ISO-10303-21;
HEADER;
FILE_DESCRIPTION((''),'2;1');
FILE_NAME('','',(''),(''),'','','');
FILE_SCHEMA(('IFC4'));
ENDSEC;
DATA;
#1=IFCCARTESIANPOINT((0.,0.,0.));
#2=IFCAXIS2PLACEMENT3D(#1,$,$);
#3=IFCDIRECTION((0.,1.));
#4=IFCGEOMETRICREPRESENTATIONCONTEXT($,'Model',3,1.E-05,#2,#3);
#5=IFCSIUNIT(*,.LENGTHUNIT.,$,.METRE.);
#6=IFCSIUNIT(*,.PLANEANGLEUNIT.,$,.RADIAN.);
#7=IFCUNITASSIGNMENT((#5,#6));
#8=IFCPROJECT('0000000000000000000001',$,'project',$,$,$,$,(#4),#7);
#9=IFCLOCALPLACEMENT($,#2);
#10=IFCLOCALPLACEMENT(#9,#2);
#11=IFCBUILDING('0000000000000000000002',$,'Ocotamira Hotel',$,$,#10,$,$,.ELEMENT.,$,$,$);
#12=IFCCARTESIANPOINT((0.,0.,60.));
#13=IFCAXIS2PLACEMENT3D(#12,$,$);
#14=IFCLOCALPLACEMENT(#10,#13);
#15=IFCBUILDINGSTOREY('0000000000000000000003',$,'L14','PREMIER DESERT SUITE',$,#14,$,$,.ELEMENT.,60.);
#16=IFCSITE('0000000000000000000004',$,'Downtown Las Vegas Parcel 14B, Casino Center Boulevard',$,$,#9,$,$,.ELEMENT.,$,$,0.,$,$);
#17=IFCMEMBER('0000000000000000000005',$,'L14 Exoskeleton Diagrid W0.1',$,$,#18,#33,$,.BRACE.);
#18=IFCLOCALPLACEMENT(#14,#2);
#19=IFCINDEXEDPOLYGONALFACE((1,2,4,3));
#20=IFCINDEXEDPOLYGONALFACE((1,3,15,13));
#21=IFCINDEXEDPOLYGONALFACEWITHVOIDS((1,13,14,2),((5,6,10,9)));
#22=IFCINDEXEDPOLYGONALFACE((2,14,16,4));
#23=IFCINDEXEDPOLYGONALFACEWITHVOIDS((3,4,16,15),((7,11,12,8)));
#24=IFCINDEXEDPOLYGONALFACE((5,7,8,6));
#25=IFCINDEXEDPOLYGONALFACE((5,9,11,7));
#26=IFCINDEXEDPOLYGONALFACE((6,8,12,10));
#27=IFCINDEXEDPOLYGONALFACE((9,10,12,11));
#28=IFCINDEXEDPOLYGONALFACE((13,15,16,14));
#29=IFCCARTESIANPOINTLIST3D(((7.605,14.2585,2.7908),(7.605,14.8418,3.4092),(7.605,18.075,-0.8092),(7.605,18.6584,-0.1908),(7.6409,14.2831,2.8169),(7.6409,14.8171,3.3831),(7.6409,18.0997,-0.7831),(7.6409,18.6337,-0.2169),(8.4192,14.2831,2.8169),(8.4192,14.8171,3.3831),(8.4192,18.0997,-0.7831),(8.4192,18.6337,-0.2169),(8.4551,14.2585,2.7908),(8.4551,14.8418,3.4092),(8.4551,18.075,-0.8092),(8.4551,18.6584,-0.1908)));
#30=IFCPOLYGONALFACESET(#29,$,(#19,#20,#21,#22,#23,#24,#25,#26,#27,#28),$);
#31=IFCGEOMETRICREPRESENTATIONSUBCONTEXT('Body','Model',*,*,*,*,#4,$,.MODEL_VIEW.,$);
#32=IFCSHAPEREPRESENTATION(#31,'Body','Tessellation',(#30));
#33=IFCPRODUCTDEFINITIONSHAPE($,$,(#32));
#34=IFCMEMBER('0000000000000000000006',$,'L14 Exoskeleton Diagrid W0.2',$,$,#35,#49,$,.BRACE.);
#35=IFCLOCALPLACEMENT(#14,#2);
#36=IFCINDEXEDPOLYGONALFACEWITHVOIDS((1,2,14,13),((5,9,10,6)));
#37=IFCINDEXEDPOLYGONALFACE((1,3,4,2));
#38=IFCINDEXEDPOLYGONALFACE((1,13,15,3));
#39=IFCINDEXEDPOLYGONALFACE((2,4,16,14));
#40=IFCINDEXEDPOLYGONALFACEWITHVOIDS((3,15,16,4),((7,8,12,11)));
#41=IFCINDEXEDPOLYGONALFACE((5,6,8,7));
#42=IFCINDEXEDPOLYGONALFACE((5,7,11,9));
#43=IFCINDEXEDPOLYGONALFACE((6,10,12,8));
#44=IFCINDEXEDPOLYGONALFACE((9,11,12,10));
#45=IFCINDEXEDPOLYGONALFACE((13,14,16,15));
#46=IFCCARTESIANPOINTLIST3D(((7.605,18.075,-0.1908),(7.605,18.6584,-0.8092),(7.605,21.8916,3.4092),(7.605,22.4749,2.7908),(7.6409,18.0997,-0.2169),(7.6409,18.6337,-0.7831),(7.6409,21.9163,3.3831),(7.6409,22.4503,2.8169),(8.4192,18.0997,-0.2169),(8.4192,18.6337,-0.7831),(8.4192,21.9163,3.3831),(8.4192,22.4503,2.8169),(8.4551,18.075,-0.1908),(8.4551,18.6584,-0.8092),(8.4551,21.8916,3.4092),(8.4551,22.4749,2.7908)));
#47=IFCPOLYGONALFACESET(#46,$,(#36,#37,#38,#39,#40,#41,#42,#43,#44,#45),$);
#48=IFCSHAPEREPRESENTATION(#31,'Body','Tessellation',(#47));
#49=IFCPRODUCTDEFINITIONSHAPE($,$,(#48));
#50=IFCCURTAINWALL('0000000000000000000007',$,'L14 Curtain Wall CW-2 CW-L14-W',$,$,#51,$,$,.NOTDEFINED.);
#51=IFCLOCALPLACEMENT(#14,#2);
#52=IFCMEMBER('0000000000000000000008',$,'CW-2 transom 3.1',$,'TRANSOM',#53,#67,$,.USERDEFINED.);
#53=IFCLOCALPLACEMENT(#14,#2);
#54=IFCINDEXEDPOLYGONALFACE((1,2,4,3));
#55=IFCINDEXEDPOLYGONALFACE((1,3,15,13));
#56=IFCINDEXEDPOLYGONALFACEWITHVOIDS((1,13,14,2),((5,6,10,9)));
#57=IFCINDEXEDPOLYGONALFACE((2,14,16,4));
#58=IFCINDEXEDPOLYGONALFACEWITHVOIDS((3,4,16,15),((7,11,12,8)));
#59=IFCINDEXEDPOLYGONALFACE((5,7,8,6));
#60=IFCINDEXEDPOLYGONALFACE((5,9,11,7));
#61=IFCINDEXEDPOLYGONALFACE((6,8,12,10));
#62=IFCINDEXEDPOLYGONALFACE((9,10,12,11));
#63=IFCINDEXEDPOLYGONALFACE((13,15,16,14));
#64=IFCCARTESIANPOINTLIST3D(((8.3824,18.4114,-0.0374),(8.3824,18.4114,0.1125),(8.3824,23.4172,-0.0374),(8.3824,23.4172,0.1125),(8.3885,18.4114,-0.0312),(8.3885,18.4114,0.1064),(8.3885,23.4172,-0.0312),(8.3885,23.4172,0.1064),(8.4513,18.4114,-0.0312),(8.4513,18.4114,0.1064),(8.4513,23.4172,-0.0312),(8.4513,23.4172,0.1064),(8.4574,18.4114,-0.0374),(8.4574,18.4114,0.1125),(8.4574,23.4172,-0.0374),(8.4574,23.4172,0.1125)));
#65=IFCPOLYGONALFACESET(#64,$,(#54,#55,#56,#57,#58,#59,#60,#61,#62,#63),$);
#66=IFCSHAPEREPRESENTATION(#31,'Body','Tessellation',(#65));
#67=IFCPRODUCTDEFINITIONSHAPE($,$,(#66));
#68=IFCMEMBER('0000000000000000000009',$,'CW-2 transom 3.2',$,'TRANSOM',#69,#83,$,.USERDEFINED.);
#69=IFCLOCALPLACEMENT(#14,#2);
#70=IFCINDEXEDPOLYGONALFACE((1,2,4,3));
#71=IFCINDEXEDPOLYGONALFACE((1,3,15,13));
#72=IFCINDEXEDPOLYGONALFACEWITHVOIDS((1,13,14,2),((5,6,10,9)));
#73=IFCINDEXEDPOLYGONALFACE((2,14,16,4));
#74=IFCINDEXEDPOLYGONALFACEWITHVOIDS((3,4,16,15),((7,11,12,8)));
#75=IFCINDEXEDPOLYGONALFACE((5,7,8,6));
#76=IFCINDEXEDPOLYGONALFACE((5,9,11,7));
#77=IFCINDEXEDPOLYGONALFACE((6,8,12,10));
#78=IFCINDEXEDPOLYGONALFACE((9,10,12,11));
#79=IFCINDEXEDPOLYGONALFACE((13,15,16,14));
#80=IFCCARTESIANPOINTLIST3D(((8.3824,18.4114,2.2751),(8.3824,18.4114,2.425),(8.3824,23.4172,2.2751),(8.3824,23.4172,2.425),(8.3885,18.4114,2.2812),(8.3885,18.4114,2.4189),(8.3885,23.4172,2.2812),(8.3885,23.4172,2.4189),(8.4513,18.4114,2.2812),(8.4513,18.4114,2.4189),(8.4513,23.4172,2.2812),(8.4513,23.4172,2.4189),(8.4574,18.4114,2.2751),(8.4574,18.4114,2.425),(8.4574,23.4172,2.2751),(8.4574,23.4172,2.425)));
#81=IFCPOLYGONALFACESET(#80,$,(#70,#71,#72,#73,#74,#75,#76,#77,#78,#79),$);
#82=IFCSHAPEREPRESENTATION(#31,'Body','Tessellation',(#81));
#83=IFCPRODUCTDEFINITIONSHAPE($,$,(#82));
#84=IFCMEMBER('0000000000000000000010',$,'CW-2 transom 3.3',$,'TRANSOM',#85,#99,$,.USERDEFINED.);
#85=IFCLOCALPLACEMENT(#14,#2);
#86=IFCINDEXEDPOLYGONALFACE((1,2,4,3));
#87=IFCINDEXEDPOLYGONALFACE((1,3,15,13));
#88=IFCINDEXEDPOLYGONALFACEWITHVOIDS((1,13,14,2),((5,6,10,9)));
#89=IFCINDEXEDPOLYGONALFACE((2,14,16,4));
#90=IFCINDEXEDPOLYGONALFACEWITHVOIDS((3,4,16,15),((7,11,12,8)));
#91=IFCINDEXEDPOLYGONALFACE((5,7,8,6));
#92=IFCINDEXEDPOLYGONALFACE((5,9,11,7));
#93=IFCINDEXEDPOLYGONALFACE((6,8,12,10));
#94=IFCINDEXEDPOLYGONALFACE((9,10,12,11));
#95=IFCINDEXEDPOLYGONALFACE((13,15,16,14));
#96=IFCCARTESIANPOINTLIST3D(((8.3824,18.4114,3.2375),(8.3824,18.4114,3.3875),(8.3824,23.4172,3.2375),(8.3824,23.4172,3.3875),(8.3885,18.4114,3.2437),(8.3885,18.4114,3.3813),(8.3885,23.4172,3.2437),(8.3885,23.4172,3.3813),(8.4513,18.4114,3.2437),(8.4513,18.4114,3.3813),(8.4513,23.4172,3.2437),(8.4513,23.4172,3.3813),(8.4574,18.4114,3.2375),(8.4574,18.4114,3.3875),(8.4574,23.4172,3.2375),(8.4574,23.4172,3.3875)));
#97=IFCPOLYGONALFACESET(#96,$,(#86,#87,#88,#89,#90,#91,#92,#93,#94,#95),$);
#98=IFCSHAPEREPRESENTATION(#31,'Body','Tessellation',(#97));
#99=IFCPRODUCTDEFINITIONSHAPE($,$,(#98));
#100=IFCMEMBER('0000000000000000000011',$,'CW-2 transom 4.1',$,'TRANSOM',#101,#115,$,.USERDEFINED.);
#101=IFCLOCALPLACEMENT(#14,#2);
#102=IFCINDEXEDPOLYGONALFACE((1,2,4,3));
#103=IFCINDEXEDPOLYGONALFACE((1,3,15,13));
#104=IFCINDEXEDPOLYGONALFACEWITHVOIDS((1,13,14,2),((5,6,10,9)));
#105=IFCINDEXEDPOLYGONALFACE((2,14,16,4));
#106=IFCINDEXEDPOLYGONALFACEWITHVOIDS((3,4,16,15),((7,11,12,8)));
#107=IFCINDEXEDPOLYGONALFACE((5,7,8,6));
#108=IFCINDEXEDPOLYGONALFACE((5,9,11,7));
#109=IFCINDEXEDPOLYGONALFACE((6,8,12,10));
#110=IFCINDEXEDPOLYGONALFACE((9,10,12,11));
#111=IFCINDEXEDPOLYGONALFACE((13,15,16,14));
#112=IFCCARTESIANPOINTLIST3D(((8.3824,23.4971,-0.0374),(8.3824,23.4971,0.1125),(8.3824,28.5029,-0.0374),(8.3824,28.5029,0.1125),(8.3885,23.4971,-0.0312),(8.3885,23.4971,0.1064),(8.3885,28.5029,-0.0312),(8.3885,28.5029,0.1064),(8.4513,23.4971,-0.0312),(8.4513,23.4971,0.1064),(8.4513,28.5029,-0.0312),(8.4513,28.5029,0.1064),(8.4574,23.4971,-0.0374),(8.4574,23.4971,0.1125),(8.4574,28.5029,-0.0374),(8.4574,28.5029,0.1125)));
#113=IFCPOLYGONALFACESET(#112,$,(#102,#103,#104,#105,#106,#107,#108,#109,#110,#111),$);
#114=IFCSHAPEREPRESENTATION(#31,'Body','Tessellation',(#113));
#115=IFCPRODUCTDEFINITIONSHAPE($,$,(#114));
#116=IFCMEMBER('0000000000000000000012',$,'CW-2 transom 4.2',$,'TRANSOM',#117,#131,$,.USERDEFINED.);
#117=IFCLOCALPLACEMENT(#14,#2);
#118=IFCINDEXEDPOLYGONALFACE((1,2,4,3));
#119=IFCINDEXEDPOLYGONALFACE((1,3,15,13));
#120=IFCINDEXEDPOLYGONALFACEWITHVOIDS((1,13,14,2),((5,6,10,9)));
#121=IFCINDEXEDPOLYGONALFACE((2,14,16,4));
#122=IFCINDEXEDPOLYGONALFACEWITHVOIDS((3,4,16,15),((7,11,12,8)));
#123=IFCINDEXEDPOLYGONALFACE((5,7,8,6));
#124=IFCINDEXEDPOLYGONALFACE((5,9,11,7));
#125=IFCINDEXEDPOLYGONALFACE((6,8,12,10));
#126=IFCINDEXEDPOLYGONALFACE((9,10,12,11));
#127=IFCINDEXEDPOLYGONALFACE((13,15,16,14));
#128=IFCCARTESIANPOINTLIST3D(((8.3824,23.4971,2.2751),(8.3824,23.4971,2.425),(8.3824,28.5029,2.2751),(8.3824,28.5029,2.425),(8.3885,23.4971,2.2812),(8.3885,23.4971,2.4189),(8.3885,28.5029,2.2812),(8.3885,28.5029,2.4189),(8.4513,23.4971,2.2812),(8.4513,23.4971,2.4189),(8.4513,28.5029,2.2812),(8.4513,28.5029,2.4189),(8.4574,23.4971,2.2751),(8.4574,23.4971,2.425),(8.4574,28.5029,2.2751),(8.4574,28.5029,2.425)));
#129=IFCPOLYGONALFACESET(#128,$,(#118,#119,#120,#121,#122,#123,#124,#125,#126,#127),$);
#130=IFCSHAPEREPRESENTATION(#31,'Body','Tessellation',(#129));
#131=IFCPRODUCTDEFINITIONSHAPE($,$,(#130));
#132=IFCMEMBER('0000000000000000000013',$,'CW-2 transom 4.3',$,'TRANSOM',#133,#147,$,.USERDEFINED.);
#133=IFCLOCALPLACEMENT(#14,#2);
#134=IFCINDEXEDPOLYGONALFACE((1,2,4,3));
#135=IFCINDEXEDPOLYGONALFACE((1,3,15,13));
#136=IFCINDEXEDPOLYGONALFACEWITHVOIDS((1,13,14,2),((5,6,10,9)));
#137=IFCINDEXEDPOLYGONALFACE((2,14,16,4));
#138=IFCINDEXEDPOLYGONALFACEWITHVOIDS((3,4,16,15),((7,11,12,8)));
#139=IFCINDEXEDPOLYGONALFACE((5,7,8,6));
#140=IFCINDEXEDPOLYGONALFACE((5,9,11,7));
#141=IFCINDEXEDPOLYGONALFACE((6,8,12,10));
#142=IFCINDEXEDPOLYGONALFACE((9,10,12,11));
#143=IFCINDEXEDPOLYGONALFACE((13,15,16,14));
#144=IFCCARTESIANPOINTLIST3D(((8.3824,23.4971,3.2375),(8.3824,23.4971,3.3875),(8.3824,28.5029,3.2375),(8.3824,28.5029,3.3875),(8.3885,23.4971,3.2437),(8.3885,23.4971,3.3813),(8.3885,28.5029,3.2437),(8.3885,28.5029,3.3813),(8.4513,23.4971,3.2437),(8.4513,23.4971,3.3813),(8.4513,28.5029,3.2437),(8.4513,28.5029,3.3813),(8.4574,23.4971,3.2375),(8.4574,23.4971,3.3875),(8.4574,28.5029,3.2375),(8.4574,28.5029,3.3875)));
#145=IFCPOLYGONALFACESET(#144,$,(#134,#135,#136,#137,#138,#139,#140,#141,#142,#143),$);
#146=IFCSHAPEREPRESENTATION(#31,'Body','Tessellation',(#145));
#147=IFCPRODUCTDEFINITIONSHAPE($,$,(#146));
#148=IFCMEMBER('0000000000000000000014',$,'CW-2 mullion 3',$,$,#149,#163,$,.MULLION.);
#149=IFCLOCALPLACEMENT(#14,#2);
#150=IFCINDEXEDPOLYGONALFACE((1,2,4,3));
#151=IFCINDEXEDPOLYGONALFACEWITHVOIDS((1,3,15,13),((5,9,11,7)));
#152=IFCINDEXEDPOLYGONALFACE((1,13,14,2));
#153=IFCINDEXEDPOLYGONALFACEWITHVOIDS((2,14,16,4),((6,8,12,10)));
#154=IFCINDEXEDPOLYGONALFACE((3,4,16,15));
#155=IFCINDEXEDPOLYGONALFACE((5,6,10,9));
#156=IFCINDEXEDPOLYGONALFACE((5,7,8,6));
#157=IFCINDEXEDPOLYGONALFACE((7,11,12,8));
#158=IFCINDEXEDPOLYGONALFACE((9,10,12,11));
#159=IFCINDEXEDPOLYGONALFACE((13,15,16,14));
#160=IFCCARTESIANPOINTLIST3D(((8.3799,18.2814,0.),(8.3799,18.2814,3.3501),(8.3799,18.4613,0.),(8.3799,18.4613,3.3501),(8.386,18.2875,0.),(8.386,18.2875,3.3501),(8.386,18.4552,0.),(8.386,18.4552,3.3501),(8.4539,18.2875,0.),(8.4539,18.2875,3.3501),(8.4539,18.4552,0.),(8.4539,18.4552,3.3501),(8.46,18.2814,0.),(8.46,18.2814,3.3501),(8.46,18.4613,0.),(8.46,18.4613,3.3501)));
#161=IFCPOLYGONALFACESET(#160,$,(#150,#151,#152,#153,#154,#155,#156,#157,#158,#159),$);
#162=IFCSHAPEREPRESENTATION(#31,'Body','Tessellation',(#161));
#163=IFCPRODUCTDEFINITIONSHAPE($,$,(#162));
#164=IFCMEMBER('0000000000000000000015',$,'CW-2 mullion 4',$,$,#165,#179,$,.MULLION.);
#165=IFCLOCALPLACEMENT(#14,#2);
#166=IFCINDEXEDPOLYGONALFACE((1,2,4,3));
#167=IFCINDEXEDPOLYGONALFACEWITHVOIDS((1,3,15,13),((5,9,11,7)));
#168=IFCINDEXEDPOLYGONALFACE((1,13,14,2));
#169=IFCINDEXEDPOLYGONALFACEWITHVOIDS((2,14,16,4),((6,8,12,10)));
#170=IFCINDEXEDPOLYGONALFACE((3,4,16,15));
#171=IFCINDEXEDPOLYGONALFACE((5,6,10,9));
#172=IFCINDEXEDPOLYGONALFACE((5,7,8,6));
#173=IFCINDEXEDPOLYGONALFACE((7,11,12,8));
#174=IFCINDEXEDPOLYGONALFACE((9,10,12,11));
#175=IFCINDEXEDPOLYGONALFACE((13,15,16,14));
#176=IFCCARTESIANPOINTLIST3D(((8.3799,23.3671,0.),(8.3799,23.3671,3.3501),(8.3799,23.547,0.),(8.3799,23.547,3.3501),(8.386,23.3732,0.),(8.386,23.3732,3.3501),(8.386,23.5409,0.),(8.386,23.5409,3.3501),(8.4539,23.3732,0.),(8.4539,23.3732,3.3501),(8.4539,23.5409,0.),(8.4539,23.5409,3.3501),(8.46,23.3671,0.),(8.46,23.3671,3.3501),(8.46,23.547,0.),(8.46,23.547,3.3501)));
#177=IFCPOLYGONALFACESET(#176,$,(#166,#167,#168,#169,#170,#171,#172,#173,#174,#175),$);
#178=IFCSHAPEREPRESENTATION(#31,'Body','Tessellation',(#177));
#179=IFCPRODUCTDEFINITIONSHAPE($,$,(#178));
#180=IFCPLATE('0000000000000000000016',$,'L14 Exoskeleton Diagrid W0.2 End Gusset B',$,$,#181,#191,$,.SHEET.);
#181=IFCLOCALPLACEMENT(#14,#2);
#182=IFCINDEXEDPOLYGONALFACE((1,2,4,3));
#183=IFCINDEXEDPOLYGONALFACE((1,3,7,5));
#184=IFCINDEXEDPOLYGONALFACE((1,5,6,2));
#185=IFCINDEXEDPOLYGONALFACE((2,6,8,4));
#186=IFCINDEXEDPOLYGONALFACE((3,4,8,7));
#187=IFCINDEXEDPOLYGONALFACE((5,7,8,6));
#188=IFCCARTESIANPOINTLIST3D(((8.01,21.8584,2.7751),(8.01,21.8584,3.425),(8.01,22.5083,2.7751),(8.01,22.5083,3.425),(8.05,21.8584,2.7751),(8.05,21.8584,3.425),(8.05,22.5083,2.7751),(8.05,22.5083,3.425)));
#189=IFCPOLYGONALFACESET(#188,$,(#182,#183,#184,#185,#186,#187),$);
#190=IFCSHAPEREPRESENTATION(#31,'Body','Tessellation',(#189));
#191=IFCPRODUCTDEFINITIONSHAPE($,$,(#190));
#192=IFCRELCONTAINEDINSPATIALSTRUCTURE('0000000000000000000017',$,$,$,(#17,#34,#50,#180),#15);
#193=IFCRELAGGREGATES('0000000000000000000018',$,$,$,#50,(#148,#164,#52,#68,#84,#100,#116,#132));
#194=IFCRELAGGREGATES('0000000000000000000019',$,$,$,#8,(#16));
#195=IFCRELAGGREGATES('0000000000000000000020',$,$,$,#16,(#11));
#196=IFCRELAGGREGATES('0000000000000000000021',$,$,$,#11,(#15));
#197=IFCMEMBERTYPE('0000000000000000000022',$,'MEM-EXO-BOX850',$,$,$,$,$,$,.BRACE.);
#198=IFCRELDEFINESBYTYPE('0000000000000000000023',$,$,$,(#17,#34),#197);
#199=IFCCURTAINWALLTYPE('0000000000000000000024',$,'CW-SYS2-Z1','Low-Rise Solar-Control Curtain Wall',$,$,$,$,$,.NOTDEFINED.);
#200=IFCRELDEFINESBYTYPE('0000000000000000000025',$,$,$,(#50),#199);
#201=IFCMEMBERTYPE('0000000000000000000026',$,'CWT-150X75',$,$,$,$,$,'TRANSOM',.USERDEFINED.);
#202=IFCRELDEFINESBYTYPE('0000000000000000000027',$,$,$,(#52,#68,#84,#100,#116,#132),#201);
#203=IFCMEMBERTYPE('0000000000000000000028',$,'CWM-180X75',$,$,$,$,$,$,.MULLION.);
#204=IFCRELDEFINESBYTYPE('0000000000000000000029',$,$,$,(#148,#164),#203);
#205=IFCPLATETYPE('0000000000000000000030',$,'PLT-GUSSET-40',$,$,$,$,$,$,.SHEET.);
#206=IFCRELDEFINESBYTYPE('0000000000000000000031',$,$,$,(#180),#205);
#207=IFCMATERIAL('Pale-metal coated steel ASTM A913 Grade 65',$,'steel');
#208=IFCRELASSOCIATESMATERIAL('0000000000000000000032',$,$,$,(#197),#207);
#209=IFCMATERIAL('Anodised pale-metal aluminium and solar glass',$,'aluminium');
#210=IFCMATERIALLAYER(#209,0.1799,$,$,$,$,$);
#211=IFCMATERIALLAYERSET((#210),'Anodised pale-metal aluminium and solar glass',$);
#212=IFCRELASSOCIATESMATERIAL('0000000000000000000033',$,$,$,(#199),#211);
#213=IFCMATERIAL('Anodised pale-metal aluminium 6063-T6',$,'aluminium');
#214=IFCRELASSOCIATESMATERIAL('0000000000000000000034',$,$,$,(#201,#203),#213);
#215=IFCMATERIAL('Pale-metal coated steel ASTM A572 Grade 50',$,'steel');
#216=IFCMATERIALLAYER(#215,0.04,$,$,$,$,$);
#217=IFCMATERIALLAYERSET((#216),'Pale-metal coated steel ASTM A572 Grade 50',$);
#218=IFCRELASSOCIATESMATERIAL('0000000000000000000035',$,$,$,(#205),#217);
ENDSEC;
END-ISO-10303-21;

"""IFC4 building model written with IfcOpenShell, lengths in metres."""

from ifc_helpers import new_model, si_unit, direction, frame, origin, origin_2d, place, context, subcontext, project, spatial, rectangle, hollow_rectangle, extrude, source, transform, mapped, material, layer, layer_set, material_profile, profile_set, type_object, element, aggregate, save


model = new_model("IFC4")

# Units and contexts
model_context = context("Model", 3, precision=1e-05, world=origin(), true_north=direction((0.0, 1.0)))
body_context = subcontext(model_context, "Body", "Model", "MODEL_VIEW")
ifc_project = project(units=[si_unit("LENGTHUNIT", "METRE"), si_unit("PLANEANGLEUNIT", "RADIAN")], contexts=[model_context])

# Site, building, storey
site_placement = place(None, origin())
site = spatial("IfcSite", under=ifc_project, at=site_placement, Name="Downtown Las Vegas Parcel 14B, Casino Center Boulevard", CompositionType="ELEMENT", RefElevation=0.0)
building_placement = place(site_placement, origin())
building = spatial("IfcBuilding", under=site, at=building_placement, Name="Ocotamira Hotel", CompositionType="ELEMENT")
storey_placement = place(building_placement, frame((0.0, 0.0, 60.0)))
storey = spatial("IfcBuildingStorey", under=building, at=storey_placement, Name="L14", Description="PREMIER DESERT SUITE", CompositionType="ELEMENT", Elevation=60.0)

# Members
ifc_material_1 = material(Name="Pale-metal coated steel ASTM A913 Grade 65", Category="steel")
ifc_material_profile_1 = material_profile(ifc_material_1, hollow_rectangle(XDim=0.8501, YDim=0.8501, WallThickness=0.0359, at=origin_2d()), Name="BOX850X850X36")
ifc_profile_set_1 = profile_set([ifc_material_profile_1], Name="Pale-metal coated steel ASTM A913 Grade 65")
member_type_1 = type_object("IfcMemberType", Name="MEM-EXO-BOX850", PredefinedType="BRACE", material=ifc_profile_set_1)
shared_shape_1 = source(origin(), body_context, "Body", "SweptSolid", [
    extrude(hollow_rectangle(XDim=0.8501, YDim=0.8501, WallThickness=0.0359, at=origin_2d()), origin(), (0.0, 0.0, 1.0), 5.2466),
])
for number, where, z_axis, x_axis, name in (
    (1, (8.03, 18.3667, -0.5), (0.0, -0.727443, 0.686168), (1.0, 0.0, 0.0), "L14 Exoskeleton Diagrid W0.1"),
    (2, (8.03, 18.3667, -0.5), (0.0, 0.727443, 0.686168), (-1.0, 0.0, 0.0), "L14 Exoskeleton Diagrid W0.2"),
):
    element("IfcMember", number, at=place(storey_placement, frame(where, z_axis=z_axis, x_axis=x_axis)), inside=storey, type_object=member_type_1, Name=name, PredefinedType="BRACE", context=body_context, shape_type="MappedRepresentation", body=[
        mapped(shared_shape_1, transform((0.0, 0.0, 0.0), scale=1.0)),
    ])

# Curtain wall, members
ifc_material_2 = material(Name="Anodised pale-metal aluminium and solar glass", Category="aluminium")
ifc_layer_1 = layer(ifc_material_2, 0.1799)
ifc_layer_set_1 = layer_set([ifc_layer_1], Name="Anodised pale-metal aluminium and solar glass")
curtain_wall_type = type_object("IfcCurtainWallType", Name="CW-SYS2-Z1", Description="Low-Rise Solar-Control Curtain Wall", PredefinedType="NOTDEFINED", material=ifc_layer_set_1)
curtain_wall_placement = place(storey_placement, origin())
curtain_wall = element("IfcCurtainWall", 3, at=curtain_wall_placement, inside=storey, type_object=curtain_wall_type, Name="L14 Curtain Wall CW-2 CW-L14-W", PredefinedType="NOTDEFINED")
ifc_material_3 = material(Name="Anodised pale-metal aluminium 6063-T6", Category="aluminium")
ifc_material_profile_2 = material_profile(ifc_material_3, hollow_rectangle(XDim=0.075, YDim=0.1499, WallThickness=0.0061, at=origin_2d()), Name="HSS150X75X6")
ifc_profile_set_2 = profile_set([ifc_material_profile_2], Name="Anodised pale-metal aluminium 6063-T6")
member_type_2 = type_object("IfcMemberType", Name="CWT-150X75", ElementType="TRANSOM", PredefinedType="USERDEFINED", material=ifc_profile_set_2)
shared_shape_2 = source(origin(), body_context, "Body", "SweptSolid", [
    extrude(hollow_rectangle(XDim=0.075, YDim=0.1499, WallThickness=0.0061, at=origin_2d()), origin(), (0.0, 0.0, 1.0), 5.0059),
])
member_1_placement = place(storey_placement, frame((8.4199, 18.4114, 0.0376), z_axis=(0.0, 1.0, 0.0), x_axis=(-1.0, 0.0, 0.0)))
member_1 = element("IfcMember", 4, at=member_1_placement, type_object=member_type_2, Name="CW-2 transom 3.1", ObjectType="TRANSOM", PredefinedType="USERDEFINED", context=body_context, shape_type="MappedRepresentation", body=[
    mapped(shared_shape_2, transform((0.0, 0.0, 0.0), scale=1.0)),
])
member_2_placement = place(storey_placement, frame((8.4199, 18.4114, 2.3501), z_axis=(0.0, 1.0, 0.0), x_axis=(-1.0, 0.0, 0.0)))
member_2 = element("IfcMember", 5, at=member_2_placement, type_object=member_type_2, Name="CW-2 transom 3.2", ObjectType="TRANSOM", PredefinedType="USERDEFINED", context=body_context, shape_type="MappedRepresentation", body=[
    mapped(shared_shape_2, transform((0.0, 0.0, 0.0), scale=1.0)),
])
member_3_placement = place(storey_placement, frame((8.4199, 18.4114, 3.3125), z_axis=(0.0, 1.0, 0.0), x_axis=(-1.0, 0.0, 0.0)))
member_3 = element("IfcMember", 6, at=member_3_placement, type_object=member_type_2, Name="CW-2 transom 3.3", ObjectType="TRANSOM", PredefinedType="USERDEFINED", context=body_context, shape_type="MappedRepresentation", body=[
    mapped(shared_shape_2, transform((0.0, 0.0, 0.0), scale=1.0)),
])
member_4_placement = place(storey_placement, frame((8.4199, 23.4971, 0.0376), z_axis=(0.0, 1.0, 0.0), x_axis=(-1.0, 0.0, 0.0)))
member_4 = element("IfcMember", 7, at=member_4_placement, type_object=member_type_2, Name="CW-2 transom 4.1", ObjectType="TRANSOM", PredefinedType="USERDEFINED", context=body_context, shape_type="MappedRepresentation", body=[
    mapped(shared_shape_2, transform((0.0, 0.0, 0.0), scale=1.0)),
])
member_5_placement = place(storey_placement, frame((8.4199, 23.4971, 2.3501), z_axis=(0.0, 1.0, 0.0), x_axis=(-1.0, 0.0, 0.0)))
member_5 = element("IfcMember", 8, at=member_5_placement, type_object=member_type_2, Name="CW-2 transom 4.2", ObjectType="TRANSOM", PredefinedType="USERDEFINED", context=body_context, shape_type="MappedRepresentation", body=[
    mapped(shared_shape_2, transform((0.0, 0.0, 0.0), scale=1.0)),
])
member_6_placement = place(storey_placement, frame((8.4199, 23.4971, 3.3125), z_axis=(0.0, 1.0, 0.0), x_axis=(-1.0, 0.0, 0.0)))
member_6 = element("IfcMember", 9, at=member_6_placement, type_object=member_type_2, Name="CW-2 transom 4.3", ObjectType="TRANSOM", PredefinedType="USERDEFINED", context=body_context, shape_type="MappedRepresentation", body=[
    mapped(shared_shape_2, transform((0.0, 0.0, 0.0), scale=1.0)),
])
ifc_material_profile_3 = material_profile(ifc_material_3, hollow_rectangle(XDim=0.0801, YDim=0.1799, WallThickness=0.0061, at=origin_2d()), Name="HSS180X80X6")
ifc_profile_set_3 = profile_set([ifc_material_profile_3], Name="Anodised pale-metal aluminium 6063-T6")
member_type_3 = type_object("IfcMemberType", Name="CWM-180X75", PredefinedType="MULLION", material=ifc_profile_set_3)
shared_shape_3 = source(origin(), body_context, "Body", "SweptSolid", [
    extrude(hollow_rectangle(XDim=0.0801, YDim=0.1799, WallThickness=0.0061, at=origin_2d()), origin(), (0.0, 0.0, 1.0), 3.3501),
])
member_7_placement = place(storey_placement, frame((8.4199, 18.3713, 0.0), z_axis=(0.0, 0.0, 1.0), x_axis=(-1.0, 0.0, 0.0)))
member_7 = element("IfcMember", 10, at=member_7_placement, type_object=member_type_3, Name="CW-2 mullion 3", PredefinedType="MULLION", context=body_context, shape_type="MappedRepresentation", body=[
    mapped(shared_shape_3, transform((0.0, 0.0, 0.0), scale=1.0)),
])
member_8_placement = place(storey_placement, frame((8.4199, 23.457, 0.0), z_axis=(0.0, 0.0, 1.0), x_axis=(-1.0, 0.0, 0.0)))
member_8 = element("IfcMember", 11, at=member_8_placement, type_object=member_type_3, Name="CW-2 mullion 4", PredefinedType="MULLION", context=body_context, shape_type="MappedRepresentation", body=[
    mapped(shared_shape_3, transform((0.0, 0.0, 0.0), scale=1.0)),
])

# Plate
ifc_material_4 = material(Name="Pale-metal coated steel ASTM A572 Grade 50", Category="steel")
ifc_layer_2 = layer(ifc_material_4, 0.04)
ifc_layer_set_2 = layer_set([ifc_layer_2], Name="Pale-metal coated steel ASTM A572 Grade 50")
plate_type_1 = type_object("IfcPlateType", Name="PLT-GUSSET-40", PredefinedType="SHEET", material=ifc_layer_set_2)
shared_shape_4 = source(origin(), body_context, "Body", "SweptSolid", [
    extrude(rectangle(XDim=0.04, YDim=0.6499, at=origin_2d()), origin(), (0.0, 0.0, 1.0), 0.6499),
])
plate_1_placement = place(storey_placement, frame((8.03, 22.1833, 2.7751), z_axis=(0.0, 0.0, 1.0), x_axis=(1.0, 0.0, 0.0)))
element("IfcPlate", 12, at=plate_1_placement, inside=storey, type_object=plate_type_1, Name="L14 Exoskeleton Diagrid W0.2 End Gusset B", PredefinedType="SHEET", context=body_context, shape_type="MappedRepresentation", body=[
    mapped(shared_shape_4, transform((0.0, 0.0, 0.0), scale=1.0)),
])
aggregate(curtain_wall, [member_7, member_8, member_1, member_2, member_3, member_4, member_5, member_6])

save(model, "model.ifc")
